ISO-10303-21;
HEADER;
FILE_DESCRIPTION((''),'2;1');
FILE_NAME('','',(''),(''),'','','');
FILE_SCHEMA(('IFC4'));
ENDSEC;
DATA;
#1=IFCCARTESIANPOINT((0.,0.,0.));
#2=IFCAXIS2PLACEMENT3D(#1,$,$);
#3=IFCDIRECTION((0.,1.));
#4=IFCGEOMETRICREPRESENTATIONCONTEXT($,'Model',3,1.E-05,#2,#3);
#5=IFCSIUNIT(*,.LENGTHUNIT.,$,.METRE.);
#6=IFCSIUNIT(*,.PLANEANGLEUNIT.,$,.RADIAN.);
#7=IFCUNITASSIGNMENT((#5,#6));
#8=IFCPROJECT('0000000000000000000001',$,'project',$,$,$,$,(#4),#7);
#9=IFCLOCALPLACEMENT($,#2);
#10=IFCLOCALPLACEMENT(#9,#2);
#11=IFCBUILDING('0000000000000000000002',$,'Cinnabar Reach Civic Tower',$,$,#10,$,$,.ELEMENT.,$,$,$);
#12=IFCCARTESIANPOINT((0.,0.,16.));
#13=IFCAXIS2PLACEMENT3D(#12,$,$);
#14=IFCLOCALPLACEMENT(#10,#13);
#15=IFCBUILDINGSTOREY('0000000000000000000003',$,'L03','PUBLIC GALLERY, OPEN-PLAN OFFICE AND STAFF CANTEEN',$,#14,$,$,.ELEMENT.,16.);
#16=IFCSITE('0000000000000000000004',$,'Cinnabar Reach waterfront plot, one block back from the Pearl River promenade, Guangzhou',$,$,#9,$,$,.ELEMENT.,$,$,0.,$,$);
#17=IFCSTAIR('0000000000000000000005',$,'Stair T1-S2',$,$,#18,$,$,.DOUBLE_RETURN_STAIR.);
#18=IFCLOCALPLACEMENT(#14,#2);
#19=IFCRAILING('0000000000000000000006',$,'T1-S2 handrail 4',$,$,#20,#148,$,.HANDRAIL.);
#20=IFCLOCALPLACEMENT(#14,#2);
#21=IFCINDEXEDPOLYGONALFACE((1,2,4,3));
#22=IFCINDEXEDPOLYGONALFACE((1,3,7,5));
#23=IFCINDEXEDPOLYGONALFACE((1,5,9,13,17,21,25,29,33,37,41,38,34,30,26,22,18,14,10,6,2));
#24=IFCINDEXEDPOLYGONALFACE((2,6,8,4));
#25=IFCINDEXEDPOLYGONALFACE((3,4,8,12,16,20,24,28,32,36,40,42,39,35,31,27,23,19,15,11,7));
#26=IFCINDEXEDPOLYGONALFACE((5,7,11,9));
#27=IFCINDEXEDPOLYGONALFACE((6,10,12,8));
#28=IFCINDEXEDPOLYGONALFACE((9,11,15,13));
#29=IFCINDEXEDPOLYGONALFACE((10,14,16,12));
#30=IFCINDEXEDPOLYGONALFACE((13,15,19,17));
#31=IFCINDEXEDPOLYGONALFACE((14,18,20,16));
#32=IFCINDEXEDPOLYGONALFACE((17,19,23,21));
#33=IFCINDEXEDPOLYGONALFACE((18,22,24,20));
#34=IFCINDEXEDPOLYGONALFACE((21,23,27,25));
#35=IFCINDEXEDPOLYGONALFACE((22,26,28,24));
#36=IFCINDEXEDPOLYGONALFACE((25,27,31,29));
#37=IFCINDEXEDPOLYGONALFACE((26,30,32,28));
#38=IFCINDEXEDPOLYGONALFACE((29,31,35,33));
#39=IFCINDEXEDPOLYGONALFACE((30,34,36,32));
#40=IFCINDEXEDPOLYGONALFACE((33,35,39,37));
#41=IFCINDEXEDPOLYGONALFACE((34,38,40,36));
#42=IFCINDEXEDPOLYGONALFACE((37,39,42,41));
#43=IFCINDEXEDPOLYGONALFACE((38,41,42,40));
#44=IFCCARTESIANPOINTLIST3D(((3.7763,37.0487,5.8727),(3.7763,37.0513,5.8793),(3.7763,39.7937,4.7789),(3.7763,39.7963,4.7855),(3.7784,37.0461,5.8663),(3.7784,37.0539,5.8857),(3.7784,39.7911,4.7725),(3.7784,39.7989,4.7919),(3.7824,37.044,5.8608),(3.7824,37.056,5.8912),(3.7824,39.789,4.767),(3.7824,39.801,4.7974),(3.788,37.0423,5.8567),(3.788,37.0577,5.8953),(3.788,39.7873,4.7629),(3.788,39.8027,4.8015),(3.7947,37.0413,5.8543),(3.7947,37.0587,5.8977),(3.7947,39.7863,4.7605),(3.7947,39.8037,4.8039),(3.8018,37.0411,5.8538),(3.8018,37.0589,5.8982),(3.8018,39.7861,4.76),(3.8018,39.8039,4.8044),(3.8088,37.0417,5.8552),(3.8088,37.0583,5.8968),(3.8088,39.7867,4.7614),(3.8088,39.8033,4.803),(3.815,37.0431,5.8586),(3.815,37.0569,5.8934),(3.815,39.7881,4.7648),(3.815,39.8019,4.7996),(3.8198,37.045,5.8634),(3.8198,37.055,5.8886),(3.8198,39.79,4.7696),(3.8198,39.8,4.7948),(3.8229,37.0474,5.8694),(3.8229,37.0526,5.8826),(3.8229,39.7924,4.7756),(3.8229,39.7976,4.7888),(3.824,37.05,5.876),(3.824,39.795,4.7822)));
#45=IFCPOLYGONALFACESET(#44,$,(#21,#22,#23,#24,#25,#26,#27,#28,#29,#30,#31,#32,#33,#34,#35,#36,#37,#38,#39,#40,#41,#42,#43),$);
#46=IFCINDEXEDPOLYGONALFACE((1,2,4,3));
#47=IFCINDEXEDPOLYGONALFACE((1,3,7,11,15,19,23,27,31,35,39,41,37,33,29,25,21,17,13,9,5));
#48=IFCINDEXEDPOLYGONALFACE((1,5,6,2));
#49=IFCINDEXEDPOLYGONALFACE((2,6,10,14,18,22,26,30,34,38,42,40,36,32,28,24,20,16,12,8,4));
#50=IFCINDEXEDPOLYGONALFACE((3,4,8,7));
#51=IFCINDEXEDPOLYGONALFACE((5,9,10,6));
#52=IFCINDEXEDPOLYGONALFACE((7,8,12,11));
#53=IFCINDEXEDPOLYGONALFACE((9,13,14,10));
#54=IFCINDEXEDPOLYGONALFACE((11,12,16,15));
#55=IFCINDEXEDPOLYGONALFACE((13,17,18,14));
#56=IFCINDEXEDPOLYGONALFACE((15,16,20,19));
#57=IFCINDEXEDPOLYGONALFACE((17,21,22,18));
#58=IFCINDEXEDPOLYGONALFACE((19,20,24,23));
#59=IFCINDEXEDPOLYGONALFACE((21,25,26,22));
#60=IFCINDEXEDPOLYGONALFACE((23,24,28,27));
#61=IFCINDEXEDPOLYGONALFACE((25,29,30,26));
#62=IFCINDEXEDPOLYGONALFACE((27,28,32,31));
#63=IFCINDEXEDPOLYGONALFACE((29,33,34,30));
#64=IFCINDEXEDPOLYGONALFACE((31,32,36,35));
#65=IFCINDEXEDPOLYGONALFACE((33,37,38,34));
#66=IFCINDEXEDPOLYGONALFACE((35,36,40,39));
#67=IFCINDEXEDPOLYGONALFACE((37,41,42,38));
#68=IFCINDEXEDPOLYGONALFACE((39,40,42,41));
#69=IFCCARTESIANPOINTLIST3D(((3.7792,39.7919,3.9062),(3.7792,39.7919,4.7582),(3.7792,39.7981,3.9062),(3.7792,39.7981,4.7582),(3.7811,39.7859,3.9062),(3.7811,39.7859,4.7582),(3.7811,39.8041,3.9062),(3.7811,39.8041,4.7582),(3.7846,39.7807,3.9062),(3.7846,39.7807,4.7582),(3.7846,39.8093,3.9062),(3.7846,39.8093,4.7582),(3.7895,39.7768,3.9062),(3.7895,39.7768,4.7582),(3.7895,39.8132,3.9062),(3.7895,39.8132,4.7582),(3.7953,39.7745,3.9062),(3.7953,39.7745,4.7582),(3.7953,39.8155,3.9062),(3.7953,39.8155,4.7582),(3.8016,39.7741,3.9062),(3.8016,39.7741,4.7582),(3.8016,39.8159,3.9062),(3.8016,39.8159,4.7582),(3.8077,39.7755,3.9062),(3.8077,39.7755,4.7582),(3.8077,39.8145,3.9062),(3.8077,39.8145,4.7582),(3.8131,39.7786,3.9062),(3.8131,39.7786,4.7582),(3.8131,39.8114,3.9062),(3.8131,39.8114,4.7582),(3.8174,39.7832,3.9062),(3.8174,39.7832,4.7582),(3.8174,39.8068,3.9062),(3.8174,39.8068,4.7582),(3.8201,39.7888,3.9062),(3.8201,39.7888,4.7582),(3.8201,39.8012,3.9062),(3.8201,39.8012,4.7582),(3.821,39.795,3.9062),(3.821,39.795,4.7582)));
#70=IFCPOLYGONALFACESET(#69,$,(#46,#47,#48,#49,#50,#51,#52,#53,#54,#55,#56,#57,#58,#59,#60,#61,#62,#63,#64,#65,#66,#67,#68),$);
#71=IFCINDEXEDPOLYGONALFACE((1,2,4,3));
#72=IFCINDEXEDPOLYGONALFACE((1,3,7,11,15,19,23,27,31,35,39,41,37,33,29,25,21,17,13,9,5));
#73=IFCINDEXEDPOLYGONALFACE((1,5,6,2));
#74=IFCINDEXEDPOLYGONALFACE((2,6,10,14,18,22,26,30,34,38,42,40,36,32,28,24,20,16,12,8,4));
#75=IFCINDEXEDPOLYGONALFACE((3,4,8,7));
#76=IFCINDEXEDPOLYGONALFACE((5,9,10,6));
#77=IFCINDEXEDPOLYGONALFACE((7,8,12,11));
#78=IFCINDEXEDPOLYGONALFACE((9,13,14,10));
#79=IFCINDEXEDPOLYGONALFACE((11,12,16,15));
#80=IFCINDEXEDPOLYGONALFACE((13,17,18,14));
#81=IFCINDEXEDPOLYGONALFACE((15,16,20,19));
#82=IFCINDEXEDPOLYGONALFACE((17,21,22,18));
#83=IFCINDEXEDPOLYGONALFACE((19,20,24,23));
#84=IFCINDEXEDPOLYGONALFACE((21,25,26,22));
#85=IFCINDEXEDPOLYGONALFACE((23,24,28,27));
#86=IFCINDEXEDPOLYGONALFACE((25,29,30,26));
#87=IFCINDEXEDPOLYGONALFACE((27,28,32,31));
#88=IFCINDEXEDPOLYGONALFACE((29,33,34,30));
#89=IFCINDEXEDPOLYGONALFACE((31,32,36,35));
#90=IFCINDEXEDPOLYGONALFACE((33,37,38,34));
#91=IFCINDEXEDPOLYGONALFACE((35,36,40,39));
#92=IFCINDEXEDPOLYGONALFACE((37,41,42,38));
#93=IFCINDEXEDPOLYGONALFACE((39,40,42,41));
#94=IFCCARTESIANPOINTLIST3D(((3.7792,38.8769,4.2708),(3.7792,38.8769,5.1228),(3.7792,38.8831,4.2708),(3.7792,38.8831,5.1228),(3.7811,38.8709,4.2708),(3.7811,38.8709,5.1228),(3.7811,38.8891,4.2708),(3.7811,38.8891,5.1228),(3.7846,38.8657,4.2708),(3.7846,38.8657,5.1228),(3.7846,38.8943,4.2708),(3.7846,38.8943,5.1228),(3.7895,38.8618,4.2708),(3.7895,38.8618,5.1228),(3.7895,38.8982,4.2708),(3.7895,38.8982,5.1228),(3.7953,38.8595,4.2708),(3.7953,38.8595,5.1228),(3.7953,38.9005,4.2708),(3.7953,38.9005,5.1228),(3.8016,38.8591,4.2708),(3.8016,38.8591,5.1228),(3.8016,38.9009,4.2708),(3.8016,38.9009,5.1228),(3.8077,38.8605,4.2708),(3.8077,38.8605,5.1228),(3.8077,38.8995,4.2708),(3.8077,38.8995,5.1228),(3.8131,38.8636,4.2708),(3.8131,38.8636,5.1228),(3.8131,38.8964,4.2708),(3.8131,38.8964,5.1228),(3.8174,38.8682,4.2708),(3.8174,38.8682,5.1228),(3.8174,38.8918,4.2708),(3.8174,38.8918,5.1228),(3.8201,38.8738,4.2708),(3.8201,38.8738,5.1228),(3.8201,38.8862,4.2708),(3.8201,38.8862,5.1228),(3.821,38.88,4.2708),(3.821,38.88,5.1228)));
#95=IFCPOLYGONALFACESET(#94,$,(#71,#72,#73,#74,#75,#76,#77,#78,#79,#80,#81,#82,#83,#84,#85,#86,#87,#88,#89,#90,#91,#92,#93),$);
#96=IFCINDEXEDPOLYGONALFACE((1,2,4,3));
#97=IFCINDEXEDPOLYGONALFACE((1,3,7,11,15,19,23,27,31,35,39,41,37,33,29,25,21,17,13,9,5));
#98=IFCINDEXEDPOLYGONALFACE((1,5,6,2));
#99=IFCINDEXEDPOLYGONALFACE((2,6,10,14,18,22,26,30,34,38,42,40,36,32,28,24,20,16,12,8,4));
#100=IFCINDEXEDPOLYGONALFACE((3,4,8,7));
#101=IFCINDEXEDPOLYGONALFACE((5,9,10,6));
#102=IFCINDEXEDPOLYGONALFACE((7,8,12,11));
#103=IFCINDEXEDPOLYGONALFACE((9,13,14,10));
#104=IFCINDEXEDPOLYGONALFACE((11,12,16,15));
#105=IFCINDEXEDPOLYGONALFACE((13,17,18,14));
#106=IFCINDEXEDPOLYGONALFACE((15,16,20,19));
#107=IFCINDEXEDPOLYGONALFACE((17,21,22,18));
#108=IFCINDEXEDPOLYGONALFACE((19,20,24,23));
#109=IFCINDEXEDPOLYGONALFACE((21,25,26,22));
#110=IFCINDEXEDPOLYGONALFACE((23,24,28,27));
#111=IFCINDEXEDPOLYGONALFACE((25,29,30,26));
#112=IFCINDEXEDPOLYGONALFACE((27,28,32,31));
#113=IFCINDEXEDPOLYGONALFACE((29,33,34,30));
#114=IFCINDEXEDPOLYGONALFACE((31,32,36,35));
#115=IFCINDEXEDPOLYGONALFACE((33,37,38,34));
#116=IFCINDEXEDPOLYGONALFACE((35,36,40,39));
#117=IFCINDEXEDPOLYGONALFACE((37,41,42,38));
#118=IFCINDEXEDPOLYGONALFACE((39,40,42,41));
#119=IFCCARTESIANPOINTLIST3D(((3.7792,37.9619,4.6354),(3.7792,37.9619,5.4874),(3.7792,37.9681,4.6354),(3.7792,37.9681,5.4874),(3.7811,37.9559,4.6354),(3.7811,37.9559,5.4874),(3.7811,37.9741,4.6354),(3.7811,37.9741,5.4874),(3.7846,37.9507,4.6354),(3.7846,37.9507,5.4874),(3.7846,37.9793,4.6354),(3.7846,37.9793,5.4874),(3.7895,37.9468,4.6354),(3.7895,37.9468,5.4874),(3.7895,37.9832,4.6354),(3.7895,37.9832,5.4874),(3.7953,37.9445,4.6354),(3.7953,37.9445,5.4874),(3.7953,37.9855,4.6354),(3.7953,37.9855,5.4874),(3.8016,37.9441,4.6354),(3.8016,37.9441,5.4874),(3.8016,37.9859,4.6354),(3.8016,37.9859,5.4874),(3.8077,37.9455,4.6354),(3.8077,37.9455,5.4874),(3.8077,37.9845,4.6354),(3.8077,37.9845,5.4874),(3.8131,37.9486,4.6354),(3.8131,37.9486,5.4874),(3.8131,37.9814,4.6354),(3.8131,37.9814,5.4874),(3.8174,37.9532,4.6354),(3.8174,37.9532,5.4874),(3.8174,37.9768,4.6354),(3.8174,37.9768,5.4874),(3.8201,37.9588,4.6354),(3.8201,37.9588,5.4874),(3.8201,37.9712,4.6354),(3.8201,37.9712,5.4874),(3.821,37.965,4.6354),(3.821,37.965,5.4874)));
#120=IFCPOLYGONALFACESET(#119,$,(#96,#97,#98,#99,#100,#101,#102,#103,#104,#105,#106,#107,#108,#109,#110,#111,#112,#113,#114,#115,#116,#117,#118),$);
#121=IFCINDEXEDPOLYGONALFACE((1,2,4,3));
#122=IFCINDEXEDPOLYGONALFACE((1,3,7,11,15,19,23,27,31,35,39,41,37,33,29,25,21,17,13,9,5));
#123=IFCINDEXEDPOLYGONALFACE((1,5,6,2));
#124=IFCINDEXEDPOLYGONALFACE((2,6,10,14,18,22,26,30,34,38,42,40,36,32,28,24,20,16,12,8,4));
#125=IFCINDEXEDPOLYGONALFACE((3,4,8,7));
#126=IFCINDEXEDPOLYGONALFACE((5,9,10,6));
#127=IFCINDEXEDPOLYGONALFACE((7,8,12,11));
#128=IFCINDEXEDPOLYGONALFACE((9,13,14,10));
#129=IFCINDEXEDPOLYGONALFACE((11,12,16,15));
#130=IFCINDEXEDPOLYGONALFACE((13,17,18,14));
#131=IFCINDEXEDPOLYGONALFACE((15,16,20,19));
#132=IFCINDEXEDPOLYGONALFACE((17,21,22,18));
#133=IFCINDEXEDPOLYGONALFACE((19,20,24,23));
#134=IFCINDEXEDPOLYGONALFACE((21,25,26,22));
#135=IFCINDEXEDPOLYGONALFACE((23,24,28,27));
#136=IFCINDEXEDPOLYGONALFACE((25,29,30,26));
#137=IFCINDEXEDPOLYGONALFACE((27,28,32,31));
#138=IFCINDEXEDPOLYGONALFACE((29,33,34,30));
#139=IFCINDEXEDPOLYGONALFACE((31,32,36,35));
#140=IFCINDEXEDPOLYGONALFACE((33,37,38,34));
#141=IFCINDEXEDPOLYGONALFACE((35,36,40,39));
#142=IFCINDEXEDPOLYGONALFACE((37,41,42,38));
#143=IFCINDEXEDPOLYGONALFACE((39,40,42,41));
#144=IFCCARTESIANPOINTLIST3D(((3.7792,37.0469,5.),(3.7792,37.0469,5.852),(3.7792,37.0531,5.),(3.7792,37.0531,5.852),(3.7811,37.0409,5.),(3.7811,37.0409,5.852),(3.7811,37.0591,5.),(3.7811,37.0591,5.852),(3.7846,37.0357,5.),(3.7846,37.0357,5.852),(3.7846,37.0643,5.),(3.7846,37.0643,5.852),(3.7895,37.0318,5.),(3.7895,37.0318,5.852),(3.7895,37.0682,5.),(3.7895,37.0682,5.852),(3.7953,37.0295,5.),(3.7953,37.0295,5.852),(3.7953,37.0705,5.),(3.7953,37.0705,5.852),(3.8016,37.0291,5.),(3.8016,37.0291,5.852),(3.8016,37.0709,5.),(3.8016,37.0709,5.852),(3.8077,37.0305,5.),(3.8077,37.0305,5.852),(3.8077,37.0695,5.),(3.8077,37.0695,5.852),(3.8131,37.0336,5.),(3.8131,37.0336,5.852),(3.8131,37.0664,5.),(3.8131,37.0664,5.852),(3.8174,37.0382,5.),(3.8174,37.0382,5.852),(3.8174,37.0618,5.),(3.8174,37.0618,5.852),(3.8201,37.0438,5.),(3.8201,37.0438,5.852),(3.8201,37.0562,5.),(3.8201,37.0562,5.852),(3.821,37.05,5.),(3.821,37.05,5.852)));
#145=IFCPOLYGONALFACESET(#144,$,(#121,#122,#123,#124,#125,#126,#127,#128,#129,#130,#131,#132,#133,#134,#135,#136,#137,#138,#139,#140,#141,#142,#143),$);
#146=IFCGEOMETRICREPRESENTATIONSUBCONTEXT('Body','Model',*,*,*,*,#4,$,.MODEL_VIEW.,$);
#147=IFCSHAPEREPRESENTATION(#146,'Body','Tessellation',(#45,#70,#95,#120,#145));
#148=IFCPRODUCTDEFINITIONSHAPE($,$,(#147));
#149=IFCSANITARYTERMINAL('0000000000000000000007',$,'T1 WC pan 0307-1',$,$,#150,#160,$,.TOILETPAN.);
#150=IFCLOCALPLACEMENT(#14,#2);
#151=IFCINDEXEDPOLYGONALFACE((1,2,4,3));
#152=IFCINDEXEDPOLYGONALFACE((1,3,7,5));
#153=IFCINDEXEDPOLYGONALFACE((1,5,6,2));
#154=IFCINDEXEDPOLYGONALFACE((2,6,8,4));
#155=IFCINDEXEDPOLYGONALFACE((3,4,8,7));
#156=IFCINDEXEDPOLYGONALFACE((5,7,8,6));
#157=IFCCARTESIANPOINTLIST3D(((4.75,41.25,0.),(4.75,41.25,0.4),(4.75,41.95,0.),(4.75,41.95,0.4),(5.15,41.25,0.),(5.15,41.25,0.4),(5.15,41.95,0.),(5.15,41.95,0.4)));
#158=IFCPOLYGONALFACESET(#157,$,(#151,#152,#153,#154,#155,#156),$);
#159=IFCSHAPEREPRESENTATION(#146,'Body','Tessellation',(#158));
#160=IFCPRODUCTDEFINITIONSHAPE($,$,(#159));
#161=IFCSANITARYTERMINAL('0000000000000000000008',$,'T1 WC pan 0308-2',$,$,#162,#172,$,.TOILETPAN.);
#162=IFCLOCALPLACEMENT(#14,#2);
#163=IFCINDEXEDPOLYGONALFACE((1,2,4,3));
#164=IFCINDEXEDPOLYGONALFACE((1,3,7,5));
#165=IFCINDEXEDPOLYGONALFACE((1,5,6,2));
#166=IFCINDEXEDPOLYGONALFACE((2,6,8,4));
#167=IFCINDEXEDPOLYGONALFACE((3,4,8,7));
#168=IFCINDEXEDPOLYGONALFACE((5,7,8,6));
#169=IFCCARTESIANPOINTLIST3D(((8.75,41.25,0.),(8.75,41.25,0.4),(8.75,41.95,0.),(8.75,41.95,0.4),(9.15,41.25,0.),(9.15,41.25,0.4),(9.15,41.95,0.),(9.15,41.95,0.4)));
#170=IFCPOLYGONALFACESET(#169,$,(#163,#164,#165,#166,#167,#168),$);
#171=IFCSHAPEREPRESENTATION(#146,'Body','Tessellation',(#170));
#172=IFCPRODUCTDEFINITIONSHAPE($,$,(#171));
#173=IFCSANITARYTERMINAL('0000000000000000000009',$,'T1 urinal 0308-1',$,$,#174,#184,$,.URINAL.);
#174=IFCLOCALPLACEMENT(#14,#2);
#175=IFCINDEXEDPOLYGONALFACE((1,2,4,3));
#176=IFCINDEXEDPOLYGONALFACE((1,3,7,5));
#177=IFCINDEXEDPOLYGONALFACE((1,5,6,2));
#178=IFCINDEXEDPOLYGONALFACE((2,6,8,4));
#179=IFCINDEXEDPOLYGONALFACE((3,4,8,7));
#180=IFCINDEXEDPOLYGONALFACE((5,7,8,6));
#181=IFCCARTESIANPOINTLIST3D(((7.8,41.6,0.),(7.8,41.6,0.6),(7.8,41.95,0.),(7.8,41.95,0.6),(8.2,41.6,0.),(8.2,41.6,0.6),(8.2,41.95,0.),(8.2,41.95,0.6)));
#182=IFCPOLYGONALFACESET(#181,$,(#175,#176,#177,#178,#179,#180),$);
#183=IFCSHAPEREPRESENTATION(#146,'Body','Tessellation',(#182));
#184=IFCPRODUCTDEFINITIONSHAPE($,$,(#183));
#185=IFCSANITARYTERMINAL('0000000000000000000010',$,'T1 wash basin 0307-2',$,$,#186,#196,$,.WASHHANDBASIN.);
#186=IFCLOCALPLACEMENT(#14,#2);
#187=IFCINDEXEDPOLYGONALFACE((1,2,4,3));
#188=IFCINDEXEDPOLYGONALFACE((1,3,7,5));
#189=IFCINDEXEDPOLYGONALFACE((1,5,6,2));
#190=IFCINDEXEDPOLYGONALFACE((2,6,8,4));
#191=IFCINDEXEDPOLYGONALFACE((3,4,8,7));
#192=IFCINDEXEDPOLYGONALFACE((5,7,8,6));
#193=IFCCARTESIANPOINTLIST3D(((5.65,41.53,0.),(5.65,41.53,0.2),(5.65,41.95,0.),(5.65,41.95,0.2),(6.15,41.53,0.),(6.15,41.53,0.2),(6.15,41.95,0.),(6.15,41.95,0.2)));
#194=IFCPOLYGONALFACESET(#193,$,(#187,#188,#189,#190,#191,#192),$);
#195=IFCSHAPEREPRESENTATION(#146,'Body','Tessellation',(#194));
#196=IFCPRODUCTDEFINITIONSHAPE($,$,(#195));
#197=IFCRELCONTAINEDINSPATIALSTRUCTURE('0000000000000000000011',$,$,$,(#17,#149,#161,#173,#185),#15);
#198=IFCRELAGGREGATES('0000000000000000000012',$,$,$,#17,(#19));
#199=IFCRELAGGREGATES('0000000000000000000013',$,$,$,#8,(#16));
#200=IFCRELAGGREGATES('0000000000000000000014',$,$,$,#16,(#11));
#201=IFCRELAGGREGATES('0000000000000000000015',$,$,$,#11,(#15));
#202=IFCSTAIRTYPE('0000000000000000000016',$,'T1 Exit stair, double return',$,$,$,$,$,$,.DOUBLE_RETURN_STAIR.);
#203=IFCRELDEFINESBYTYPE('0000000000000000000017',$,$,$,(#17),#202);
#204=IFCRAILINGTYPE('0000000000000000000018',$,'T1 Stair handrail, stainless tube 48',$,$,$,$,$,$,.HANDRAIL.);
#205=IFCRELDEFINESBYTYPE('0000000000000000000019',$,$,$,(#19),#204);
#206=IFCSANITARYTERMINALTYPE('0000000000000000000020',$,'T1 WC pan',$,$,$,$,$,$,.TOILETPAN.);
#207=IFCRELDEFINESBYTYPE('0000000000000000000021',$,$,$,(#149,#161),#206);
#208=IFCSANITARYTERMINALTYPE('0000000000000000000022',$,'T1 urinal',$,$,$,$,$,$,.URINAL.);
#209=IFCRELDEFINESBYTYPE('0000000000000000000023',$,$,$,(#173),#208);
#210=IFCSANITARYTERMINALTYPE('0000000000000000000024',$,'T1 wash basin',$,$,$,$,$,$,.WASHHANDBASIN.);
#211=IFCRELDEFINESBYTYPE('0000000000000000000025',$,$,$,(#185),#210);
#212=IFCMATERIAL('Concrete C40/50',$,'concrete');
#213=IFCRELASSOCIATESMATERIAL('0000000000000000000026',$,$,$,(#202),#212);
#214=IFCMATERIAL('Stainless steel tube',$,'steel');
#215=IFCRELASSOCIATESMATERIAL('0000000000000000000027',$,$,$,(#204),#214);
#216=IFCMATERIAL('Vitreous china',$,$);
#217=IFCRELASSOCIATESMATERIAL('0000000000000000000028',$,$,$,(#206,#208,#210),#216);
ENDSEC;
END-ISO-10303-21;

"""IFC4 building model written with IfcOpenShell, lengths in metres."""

from ifc_helpers import new_model, si_unit, direction, frame, origin, origin_2d, place, context, subcontext, project, spatial, rectangle, circle, extrude, material, type_object, element, aggregate, save


model = new_model("IFC4")

# Units and contexts
model_context = context("Model", 3, precision=1e-05, world=origin(), true_north=direction((0.0, 1.0)))
body_context = subcontext(model_context, "Body", "Model", "MODEL_VIEW")
ifc_project = project(units=[si_unit("LENGTHUNIT", "METRE"), si_unit("PLANEANGLEUNIT", "RADIAN")], contexts=[model_context])

# Site, building, storey
site_placement = place(None, origin())
site = spatial("IfcSite", under=ifc_project, at=site_placement, Name="Cinnabar Reach waterfront plot, one block back from the Pearl River promenade, Guangzhou", CompositionType="ELEMENT", RefElevation=0.0)
building_placement = place(site_placement, origin())
building = spatial("IfcBuilding", under=site, at=building_placement, Name="Cinnabar Reach Civic Tower", CompositionType="ELEMENT")
storey_placement = place(building_placement, frame((0.0, 0.0, 16.0)))
storey = spatial("IfcBuildingStorey", under=building, at=storey_placement, Name="L03", Description="PUBLIC GALLERY, OPEN-PLAN OFFICE AND STAFF CANTEEN", CompositionType="ELEMENT", Elevation=16.0)

# Shared definitions
ifc_material_1 = material(Name="Concrete C40/50", Category="concrete")

# Stair, railing
stair_type = type_object("IfcStairType", Name="T1 Exit stair, double return", PredefinedType="DOUBLE_RETURN_STAIR", material=ifc_material_1)
stair_placement = place(storey_placement, origin())
stair = element("IfcStair", 1, at=stair_placement, inside=storey, type_object=stair_type, Name="Stair T1-S2", PredefinedType="DOUBLE_RETURN_STAIR")
ifc_material_2 = material(Name="Stainless steel tube", Category="steel")
railing_type = type_object("IfcRailingType", Name="T1 Stair handrail, stainless tube 48", PredefinedType="HANDRAIL", material=ifc_material_2)
railing_1_placement = place(storey_placement, frame((3.8, 39.795, 3.9062)))
railing_1 = element("IfcRailing", 2, at=railing_1_placement, type_object=railing_type, Name="T1-S2 handrail 4", PredefinedType="HANDRAIL", context=body_context, shape_type="SweptSolid", body=[
    extrude(circle(Radius=0.024, at=origin_2d()), frame((0.0, 0.0, 0.876), z_axis=(0.0, -0.928966, 0.370165), x_axis=(1.0, 0.0, 0.0)), (0.0, 0.0, 1.0), 2.9549),
    extrude(circle(Radius=0.021, at=origin_2d()), origin(), (0.0, 0.0, 1.0), 0.852),
    extrude(circle(Radius=0.021, at=origin_2d()), frame((0.0, -0.915, 0.3646)), (0.0, 0.0, 1.0), 0.852),
    extrude(circle(Radius=0.021, at=origin_2d()), frame((0.0, -1.83, 0.7292)), (0.0, 0.0, 1.0), 0.852),
    extrude(circle(Radius=0.021, at=origin_2d()), frame((0.0, -2.745, 1.0938)), (0.0, 0.0, 1.0), 0.852),
])
aggregate(stair, [railing_1])

# Sanitary terminals
ifc_material_3 = material(Name="Vitreous china")
sanitary_terminal_type_1 = type_object("IfcSanitaryTerminalType", Name="T1 WC pan", PredefinedType="TOILETPAN", material=ifc_material_3)
for number, where, z_axis, x_axis, name in (
    (3, (4.95, 41.6, 0.0), (0.0, 0.0, 1.0), (1.0, 0.0, 0.0), "T1 WC pan 0307-1"),
    (4, (8.95, 41.6, 0.0), (0.0, 0.0, 1.0), (1.0, 0.0, 0.0), "T1 WC pan 0308-2"),
):
    element("IfcSanitaryTerminal", number, at=place(storey_placement, frame(where, z_axis=z_axis, x_axis=x_axis)), inside=storey, type_object=sanitary_terminal_type_1, Name=name, PredefinedType="TOILETPAN", context=body_context, shape_type="SweptSolid", body=[
        extrude(rectangle(XDim=0.4, YDim=0.7, at=origin_2d()), origin(), (0.0, 0.0, 1.0), 0.4),
    ])
sanitary_terminal_type_2 = type_object("IfcSanitaryTerminalType", Name="T1 urinal", PredefinedType="URINAL", material=ifc_material_3)
sanitary_terminal_1_placement = place(storey_placement, frame((8.0, 41.775, 0.0), z_axis=(0.0, 0.0, 1.0), x_axis=(1.0, 0.0, 0.0)))
element("IfcSanitaryTerminal", 5, at=sanitary_terminal_1_placement, inside=storey, type_object=sanitary_terminal_type_2, Name="T1 urinal 0308-1", PredefinedType="URINAL", context=body_context, shape_type="SweptSolid", body=[
    extrude(rectangle(XDim=0.4, YDim=0.35, at=origin_2d()), origin(), (0.0, 0.0, 1.0), 0.6),
])
sanitary_terminal_type_3 = type_object("IfcSanitaryTerminalType", Name="T1 wash basin", PredefinedType="WASHHANDBASIN", material=ifc_material_3)
sanitary_terminal_2_placement = place(storey_placement, frame((5.9, 41.74, 0.0), z_axis=(0.0, 0.0, 1.0), x_axis=(1.0, 0.0, 0.0)))
element("IfcSanitaryTerminal", 6, at=sanitary_terminal_2_placement, inside=storey, type_object=sanitary_terminal_type_3, Name="T1 wash basin 0307-2", PredefinedType="WASHHANDBASIN", context=body_context, shape_type="SweptSolid", body=[
    extrude(rectangle(XDim=0.5, YDim=0.42, at=origin_2d()), origin(), (0.0, 0.0, 1.0), 0.2),
])

save(model, "model.ifc")
